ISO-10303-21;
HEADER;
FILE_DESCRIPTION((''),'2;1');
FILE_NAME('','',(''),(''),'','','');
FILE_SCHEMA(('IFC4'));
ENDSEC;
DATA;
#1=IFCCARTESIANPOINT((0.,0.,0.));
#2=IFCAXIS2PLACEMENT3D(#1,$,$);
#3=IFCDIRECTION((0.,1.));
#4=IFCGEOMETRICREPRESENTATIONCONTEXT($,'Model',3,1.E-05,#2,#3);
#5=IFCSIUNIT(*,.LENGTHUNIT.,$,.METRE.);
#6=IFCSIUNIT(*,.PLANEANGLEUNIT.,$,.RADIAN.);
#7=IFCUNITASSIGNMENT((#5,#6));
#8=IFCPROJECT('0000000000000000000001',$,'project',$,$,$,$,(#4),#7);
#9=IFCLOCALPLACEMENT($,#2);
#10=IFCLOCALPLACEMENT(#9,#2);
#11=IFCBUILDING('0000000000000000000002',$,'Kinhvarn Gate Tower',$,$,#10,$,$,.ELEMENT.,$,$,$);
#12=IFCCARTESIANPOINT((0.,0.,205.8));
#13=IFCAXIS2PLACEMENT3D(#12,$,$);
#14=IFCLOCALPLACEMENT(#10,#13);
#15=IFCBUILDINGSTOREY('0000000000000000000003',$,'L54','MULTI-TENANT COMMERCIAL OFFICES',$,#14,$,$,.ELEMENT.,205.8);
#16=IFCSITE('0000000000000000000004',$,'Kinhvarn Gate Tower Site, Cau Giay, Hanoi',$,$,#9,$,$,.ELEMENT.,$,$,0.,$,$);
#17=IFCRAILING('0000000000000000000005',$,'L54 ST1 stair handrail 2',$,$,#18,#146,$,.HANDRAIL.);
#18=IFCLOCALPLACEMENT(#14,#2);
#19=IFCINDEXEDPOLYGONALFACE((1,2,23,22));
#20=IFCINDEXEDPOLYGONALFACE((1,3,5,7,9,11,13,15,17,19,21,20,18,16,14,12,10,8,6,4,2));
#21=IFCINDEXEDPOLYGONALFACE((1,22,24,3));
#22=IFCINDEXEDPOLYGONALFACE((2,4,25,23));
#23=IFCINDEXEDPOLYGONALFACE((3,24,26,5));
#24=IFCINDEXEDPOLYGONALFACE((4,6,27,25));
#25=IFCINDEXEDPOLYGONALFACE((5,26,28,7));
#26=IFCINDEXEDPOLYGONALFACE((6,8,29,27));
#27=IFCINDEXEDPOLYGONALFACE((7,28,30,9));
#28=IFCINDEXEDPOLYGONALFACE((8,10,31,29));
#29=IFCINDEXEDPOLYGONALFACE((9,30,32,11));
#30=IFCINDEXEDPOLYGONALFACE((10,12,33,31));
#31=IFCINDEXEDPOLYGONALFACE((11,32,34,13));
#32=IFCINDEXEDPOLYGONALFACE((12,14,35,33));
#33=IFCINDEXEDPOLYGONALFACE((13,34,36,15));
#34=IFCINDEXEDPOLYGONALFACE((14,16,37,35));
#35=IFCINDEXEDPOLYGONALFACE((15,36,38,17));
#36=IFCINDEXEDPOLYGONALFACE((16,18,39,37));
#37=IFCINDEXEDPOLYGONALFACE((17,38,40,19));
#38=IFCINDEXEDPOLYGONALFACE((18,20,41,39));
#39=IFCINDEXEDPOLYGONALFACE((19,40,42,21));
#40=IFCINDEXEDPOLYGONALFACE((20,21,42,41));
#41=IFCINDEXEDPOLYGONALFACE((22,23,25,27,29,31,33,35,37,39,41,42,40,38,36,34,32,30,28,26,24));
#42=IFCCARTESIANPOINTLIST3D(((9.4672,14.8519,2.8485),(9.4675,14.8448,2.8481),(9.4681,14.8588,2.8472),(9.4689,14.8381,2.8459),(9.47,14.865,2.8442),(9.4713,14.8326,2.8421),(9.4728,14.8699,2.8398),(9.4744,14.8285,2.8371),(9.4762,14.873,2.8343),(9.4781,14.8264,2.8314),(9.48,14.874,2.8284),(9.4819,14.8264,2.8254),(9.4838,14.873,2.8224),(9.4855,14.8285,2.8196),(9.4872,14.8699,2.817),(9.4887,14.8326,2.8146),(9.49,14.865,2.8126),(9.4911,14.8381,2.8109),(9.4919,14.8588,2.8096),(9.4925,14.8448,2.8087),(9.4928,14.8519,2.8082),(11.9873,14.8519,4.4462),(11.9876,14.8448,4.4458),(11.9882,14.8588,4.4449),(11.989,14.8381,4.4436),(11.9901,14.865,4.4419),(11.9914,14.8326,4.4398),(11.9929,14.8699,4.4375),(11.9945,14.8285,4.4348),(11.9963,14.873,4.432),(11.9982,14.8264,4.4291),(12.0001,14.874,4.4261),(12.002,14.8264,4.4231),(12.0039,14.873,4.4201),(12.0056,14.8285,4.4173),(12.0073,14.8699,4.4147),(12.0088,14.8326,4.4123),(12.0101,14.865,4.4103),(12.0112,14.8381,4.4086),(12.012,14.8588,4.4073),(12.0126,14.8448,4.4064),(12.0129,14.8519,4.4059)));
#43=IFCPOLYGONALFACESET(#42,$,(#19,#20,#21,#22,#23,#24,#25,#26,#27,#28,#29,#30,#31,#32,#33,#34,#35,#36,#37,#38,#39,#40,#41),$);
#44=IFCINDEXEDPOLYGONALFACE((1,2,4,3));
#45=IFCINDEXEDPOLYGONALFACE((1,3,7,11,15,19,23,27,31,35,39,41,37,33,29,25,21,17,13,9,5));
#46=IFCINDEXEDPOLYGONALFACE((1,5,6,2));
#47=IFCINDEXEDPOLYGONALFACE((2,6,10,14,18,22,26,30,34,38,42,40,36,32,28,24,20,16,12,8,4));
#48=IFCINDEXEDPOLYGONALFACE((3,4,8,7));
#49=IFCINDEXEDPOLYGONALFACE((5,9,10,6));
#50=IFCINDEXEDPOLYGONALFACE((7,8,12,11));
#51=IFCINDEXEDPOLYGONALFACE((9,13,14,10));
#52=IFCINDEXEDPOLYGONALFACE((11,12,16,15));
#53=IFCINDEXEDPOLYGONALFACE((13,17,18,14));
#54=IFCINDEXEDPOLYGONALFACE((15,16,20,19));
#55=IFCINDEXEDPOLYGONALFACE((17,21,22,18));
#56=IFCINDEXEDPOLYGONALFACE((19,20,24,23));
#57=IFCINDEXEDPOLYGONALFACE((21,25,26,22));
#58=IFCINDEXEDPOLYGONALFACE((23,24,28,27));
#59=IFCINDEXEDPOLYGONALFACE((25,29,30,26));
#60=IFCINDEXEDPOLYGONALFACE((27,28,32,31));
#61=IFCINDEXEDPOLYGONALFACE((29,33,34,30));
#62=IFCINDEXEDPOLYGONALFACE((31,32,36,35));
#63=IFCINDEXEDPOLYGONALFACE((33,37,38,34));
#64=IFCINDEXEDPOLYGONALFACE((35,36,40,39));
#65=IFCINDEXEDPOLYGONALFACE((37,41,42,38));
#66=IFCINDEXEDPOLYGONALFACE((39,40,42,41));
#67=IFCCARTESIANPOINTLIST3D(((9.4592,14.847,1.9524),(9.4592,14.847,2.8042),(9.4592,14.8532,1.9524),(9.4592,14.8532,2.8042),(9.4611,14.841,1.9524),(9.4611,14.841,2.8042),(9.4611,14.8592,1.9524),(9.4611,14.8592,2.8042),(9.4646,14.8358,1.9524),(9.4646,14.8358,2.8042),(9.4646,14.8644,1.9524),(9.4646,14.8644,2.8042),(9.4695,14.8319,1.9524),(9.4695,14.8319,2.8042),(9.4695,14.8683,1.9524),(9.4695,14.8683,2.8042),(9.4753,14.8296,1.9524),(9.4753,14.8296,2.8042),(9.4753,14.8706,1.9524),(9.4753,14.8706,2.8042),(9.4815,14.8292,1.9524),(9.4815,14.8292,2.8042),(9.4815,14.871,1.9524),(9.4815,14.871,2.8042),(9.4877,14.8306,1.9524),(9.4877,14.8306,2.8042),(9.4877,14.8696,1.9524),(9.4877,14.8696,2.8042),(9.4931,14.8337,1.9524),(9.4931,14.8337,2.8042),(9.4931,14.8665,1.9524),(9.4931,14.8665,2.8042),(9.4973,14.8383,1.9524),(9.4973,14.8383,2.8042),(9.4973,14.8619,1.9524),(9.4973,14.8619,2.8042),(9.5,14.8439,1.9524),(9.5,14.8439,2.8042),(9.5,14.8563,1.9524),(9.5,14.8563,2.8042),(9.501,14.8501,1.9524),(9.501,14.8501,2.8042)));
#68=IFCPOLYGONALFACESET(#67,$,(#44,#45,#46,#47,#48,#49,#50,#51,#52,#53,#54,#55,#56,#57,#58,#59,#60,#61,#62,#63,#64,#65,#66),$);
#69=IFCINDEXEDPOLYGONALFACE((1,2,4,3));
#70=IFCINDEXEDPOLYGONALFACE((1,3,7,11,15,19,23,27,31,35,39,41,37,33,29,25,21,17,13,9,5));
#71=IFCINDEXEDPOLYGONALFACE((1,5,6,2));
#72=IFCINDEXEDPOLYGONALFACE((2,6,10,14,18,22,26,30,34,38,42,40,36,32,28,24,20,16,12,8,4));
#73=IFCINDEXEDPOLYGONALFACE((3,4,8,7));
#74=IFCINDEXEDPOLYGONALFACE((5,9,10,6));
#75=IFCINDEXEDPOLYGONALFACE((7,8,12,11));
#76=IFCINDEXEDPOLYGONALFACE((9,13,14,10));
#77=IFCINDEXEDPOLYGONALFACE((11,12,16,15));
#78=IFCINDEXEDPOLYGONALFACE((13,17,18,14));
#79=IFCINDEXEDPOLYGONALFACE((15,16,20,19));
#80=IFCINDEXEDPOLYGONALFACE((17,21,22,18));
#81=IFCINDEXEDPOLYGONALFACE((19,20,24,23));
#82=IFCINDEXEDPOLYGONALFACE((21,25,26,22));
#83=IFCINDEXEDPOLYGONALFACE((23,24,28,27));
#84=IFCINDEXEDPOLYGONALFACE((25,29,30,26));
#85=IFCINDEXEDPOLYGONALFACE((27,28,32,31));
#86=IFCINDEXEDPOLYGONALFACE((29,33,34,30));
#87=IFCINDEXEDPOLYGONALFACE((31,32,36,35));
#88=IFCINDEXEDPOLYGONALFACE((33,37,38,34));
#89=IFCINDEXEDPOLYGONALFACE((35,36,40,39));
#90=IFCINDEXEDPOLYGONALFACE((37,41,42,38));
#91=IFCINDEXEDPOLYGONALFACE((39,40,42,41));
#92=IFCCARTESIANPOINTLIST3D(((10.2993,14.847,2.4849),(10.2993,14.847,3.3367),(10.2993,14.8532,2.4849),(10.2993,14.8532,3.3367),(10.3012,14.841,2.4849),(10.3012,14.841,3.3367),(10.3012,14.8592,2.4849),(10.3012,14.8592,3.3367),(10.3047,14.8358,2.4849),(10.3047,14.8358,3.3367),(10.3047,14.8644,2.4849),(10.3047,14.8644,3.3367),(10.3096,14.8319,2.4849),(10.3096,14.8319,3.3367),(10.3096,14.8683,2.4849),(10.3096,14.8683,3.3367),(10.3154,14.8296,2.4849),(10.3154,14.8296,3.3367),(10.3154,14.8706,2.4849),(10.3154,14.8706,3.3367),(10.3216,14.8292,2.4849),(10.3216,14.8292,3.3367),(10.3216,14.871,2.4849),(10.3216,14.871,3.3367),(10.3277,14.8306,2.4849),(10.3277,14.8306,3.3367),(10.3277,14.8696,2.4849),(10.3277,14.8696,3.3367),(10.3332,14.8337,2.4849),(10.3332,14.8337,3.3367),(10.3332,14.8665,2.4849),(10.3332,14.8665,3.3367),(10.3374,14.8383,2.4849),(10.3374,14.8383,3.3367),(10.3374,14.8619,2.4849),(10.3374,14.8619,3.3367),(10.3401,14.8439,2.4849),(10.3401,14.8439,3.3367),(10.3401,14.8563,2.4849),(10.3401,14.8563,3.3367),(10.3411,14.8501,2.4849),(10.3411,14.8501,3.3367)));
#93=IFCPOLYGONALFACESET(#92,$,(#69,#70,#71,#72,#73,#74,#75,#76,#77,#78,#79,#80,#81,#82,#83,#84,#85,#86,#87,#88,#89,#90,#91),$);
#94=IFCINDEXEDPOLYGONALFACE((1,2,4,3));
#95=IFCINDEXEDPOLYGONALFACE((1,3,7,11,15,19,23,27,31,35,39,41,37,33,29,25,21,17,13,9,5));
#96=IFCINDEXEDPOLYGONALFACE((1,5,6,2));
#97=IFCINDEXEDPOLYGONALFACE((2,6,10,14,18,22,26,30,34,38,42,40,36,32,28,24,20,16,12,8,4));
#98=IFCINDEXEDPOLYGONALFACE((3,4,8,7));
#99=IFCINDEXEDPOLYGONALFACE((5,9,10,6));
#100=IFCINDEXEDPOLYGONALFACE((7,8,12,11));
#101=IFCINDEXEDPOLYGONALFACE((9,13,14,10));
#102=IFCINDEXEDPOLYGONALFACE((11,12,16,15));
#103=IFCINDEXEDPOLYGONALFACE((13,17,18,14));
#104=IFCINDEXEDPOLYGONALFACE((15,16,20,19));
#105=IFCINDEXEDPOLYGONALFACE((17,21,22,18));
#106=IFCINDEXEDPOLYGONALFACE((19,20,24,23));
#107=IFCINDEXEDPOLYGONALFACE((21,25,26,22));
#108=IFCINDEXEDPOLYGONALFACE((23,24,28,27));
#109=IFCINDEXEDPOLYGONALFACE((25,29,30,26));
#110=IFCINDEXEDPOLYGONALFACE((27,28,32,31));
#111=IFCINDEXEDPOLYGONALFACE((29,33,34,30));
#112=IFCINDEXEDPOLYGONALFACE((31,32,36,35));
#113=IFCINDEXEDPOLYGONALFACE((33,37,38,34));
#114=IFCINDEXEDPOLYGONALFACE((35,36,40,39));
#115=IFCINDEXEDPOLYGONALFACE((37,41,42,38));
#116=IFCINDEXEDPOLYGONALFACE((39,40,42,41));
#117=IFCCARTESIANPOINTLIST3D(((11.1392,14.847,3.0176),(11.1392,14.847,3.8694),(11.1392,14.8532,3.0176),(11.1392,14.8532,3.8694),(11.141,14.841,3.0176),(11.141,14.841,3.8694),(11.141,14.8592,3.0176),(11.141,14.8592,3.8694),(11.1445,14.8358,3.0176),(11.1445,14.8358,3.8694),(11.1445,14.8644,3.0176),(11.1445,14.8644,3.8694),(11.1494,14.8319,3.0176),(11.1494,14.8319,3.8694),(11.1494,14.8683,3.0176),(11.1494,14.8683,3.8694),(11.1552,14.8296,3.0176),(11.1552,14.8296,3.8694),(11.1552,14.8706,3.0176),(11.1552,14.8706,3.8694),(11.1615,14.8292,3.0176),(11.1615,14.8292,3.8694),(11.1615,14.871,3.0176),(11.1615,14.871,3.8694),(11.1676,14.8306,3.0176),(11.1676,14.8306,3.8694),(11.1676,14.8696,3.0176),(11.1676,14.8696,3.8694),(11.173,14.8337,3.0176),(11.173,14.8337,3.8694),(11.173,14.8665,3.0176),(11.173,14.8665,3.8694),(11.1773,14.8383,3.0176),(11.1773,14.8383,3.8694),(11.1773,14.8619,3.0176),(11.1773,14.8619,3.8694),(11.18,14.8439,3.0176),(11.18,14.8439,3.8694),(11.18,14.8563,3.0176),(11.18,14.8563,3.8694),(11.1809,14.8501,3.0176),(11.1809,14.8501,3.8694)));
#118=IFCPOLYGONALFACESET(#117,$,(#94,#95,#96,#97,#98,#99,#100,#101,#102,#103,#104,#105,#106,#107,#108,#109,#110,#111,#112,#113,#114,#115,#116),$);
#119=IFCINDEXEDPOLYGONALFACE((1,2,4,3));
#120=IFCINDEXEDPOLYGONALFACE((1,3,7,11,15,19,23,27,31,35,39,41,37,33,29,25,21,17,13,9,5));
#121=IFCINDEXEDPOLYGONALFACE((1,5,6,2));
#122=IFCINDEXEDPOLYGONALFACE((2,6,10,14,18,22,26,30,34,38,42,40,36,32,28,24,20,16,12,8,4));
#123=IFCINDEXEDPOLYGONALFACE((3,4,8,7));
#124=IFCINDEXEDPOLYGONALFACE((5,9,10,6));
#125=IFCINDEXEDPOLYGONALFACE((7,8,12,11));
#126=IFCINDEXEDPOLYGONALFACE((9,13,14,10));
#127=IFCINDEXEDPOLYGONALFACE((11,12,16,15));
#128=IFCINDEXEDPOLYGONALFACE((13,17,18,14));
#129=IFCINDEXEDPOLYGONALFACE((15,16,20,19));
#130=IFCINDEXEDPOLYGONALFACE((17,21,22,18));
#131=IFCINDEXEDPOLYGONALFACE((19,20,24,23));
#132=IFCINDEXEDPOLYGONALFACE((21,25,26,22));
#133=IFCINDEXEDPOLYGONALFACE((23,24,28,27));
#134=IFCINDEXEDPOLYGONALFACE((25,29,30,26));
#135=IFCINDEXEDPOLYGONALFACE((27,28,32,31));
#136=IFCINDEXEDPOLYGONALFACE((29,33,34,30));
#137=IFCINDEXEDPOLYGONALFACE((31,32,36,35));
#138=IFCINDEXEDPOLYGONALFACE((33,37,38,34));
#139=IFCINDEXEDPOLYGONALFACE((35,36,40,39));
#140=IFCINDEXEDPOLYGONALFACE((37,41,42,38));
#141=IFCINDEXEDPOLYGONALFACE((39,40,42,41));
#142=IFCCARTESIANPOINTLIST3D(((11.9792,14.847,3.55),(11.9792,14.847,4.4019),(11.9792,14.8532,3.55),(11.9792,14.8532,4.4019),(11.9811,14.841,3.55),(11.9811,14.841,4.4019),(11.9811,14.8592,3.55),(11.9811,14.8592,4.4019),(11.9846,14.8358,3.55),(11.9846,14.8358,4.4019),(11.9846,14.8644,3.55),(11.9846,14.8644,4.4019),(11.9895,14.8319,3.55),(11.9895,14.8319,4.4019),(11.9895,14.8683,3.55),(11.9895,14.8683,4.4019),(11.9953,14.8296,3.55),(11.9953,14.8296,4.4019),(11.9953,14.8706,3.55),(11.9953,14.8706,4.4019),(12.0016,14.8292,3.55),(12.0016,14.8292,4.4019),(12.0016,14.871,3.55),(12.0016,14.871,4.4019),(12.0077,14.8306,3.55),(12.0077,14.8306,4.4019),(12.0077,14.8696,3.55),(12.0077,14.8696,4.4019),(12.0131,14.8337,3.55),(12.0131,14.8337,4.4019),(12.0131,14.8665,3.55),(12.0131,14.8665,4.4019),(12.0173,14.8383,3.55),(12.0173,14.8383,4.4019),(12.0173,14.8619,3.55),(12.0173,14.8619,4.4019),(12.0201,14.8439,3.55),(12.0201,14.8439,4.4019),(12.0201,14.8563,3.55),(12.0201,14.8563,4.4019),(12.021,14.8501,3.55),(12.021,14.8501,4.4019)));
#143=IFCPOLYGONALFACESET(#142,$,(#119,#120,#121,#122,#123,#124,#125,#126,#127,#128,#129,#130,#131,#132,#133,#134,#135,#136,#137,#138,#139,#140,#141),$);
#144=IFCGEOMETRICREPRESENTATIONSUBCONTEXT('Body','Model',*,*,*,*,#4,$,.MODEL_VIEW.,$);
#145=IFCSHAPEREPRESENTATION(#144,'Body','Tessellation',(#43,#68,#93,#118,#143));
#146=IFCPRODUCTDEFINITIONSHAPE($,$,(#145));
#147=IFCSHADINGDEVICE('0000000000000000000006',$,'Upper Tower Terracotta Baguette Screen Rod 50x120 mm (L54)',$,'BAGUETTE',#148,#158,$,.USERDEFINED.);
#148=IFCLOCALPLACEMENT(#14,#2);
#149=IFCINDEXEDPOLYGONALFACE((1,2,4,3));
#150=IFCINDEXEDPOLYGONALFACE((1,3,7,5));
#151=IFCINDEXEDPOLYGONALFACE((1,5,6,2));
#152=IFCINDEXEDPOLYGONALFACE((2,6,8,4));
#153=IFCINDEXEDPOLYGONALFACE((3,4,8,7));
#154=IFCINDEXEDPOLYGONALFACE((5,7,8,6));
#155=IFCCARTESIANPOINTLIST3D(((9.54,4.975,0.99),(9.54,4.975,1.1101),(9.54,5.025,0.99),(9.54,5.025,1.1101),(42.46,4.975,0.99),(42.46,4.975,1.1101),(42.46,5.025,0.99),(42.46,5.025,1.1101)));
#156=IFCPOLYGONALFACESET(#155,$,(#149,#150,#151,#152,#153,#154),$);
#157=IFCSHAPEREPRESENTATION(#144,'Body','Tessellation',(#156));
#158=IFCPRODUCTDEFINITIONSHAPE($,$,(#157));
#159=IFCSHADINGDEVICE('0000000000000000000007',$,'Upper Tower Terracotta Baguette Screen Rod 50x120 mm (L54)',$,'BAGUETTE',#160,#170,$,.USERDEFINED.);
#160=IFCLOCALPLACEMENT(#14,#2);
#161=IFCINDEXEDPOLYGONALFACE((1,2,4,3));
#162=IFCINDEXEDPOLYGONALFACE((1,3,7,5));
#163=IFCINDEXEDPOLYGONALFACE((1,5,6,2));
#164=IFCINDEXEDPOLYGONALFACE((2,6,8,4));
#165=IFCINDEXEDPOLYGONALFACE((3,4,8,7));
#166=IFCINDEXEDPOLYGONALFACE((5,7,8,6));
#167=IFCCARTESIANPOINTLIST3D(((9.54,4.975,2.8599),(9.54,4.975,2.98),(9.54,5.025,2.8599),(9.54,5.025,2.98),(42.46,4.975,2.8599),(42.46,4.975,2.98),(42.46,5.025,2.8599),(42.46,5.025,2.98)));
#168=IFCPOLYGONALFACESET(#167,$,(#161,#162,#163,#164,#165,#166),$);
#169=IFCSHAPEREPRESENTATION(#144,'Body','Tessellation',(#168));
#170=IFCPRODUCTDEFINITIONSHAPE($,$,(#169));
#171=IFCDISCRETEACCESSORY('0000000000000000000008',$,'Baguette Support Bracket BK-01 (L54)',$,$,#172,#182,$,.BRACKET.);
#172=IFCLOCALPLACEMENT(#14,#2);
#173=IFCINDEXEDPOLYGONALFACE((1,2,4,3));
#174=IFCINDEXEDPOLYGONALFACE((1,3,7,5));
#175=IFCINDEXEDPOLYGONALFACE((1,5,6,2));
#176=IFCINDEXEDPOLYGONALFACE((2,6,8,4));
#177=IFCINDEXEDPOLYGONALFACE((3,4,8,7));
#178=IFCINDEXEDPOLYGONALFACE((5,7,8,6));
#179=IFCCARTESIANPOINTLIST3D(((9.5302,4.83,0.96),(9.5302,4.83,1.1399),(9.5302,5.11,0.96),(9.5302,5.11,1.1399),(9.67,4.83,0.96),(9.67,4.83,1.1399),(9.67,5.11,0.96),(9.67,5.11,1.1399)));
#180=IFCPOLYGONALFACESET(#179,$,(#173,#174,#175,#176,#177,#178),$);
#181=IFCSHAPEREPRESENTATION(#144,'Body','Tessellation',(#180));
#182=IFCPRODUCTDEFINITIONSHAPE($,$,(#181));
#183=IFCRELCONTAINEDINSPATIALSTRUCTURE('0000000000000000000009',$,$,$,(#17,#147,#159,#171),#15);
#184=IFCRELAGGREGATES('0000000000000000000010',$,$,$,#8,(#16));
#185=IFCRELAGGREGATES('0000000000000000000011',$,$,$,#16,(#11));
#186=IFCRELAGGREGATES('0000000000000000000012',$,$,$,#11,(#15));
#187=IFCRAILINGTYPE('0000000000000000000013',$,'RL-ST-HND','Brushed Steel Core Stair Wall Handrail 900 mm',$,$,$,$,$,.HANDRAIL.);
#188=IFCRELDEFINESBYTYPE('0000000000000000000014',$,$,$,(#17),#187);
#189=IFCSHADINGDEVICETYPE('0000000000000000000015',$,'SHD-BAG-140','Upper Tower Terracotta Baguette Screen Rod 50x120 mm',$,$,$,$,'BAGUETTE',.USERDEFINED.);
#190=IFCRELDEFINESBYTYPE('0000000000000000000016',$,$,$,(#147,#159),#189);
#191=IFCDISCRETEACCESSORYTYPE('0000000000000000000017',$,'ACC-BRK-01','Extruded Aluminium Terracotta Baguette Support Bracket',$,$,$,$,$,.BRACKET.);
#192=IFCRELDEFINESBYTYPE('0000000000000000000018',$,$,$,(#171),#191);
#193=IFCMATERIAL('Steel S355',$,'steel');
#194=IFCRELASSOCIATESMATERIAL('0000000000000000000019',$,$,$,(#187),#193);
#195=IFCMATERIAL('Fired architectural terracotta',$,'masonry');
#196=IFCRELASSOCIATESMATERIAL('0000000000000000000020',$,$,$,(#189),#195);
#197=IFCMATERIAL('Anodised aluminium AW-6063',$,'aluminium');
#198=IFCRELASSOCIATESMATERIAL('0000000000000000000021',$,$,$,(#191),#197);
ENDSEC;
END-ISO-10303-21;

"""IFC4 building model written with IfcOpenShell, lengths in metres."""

from ifc_helpers import new_model, si_unit, direction, frame, origin, origin_2d, place, context, subcontext, project, spatial, rectangle, circle, extrude, material, material_profile, profile_set, type_object, element, save


model = new_model("IFC4")

# Units and contexts
model_context = context("Model", 3, precision=1e-05, world=origin(), true_north=direction((0.0, 1.0)))
body_context = subcontext(model_context, "Body", "Model", "MODEL_VIEW")
ifc_project = project(units=[si_unit("LENGTHUNIT", "METRE"), si_unit("PLANEANGLEUNIT", "RADIAN")], contexts=[model_context])

# Site, building, storey
site_placement = place(None, origin())
site = spatial("IfcSite", under=ifc_project, at=site_placement, Name="Kinhvarn Gate Tower Site, Cau Giay, Hanoi", CompositionType="ELEMENT", RefElevation=0.0)
building_placement = place(site_placement, origin())
building = spatial("IfcBuilding", under=site, at=building_placement, Name="Kinhvarn Gate Tower", CompositionType="ELEMENT")
storey_placement = place(building_placement, frame((0.0, 0.0, 205.8)))
storey = spatial("IfcBuildingStorey", under=building, at=storey_placement, Name="L54", Description="MULTI-TENANT COMMERCIAL OFFICES", CompositionType="ELEMENT", Elevation=205.8)

# Shared definitions
ifc_material_1 = material(Name="Anodised aluminium AW-6063", Category="aluminium")

# Shared definitions
ifc_material_2 = material(Name="Steel S355", Category="steel")

# Shared definitions
ifc_material_3 = material(Name="Fired architectural terracotta", Category="masonry")

# Railing
railing_type_1 = type_object("IfcRailingType", Name="RL-ST-HND", Description="Brushed Steel Core Stair Wall Handrail 900 mm", PredefinedType="HANDRAIL", material=ifc_material_2)
railing_1_placement = place(storey_placement, frame((9.48, 14.8501, 1.9524)))
element("IfcRailing", 1, at=railing_1_placement, inside=storey, type_object=railing_type_1, Name="L54 ST1 stair handrail 2", PredefinedType="HANDRAIL", context=body_context, shape_type="SweptSolid", body=[
    extrude(circle(Radius=0.0239, at=origin_2d()), frame((0.0, 0.0, 0.876), z_axis=(0.84457, 0.0, 0.535445), x_axis=(0.0, 1.0, 0.0)), (0.0, 0.0, 1.0), 2.9839),
    extrude(circle(Radius=0.021, at=origin_2d()), origin(), (0.0, 0.0, 1.0), 0.8518),
    extrude(circle(Radius=0.021, at=origin_2d()), frame((0.8401, 0.0, 0.5325)), (0.0, 0.0, 1.0), 0.8518),
    extrude(circle(Radius=0.021, at=origin_2d()), frame((1.6799, 0.0, 1.0652)), (0.0, 0.0, 1.0), 0.8518),
    extrude(circle(Radius=0.021, at=origin_2d()), frame((2.52, 0.0, 1.5977)), (0.0, 0.0, 1.0), 0.8518),
])

# Shading devices
ifc_material_profile_1 = material_profile(ifc_material_3, rectangle(XDim=0.05, YDim=0.1201, at=origin_2d()), Name="TC 50x120")
ifc_profile_set_1 = profile_set([ifc_material_profile_1], Name="Fired architectural terracotta")
shading_device_type = type_object("IfcShadingDeviceType", Name="SHD-BAG-140", Description="Upper Tower Terracotta Baguette Screen Rod 50x120 mm", ElementType="BAGUETTE", PredefinedType="USERDEFINED", material=ifc_profile_set_1)
for number, where, z_axis, x_axis, name in (
    (2, (9.54, 5.0, 1.05), (1.0, 0.0, 0.0), (0.0, 1.0, 0.0), "Upper Tower Terracotta Baguette Screen Rod 50x120 mm (L54)"),
    (3, (9.54, 5.0, 2.9199), (1.0, 0.0, 0.0), (0.0, 1.0, 0.0), "Upper Tower Terracotta Baguette Screen Rod 50x120 mm (L54)"),
):
    element("IfcShadingDevice", number, at=place(storey_placement, frame(where, z_axis=z_axis, x_axis=x_axis)), inside=storey, type_object=shading_device_type, Name=name, ObjectType="BAGUETTE", PredefinedType="USERDEFINED", context=body_context, shape_type="SweptSolid", body=[
        extrude(rectangle(XDim=0.05, YDim=0.1201, at=origin_2d()), origin(), (0.0, 0.0, 1.0), 32.9199),
    ])

# Discrete accessory
discrete_accessory_type = type_object("IfcDiscreteAccessoryType", Name="ACC-BRK-01", Description="Extruded Aluminium Terracotta Baguette Support Bracket", PredefinedType="BRACKET", material=ifc_material_1)
discrete_accessory_placement = place(storey_placement, frame((9.6001, 4.97, 0.96), z_axis=(0.0, 0.0, 1.0), x_axis=(1.0, 0.0, 0.0)))
element("IfcDiscreteAccessory", 4, at=discrete_accessory_placement, inside=storey, type_object=discrete_accessory_type, Name="Baguette Support Bracket BK-01 (L54)", PredefinedType="BRACKET", context=body_context, shape_type="SweptSolid", body=[
    extrude(rectangle(XDim=0.1399, YDim=0.28, at=origin_2d()), origin(), (0.0, 0.0, 1.0), 0.1799),
])

save(model, "model.ifc")
